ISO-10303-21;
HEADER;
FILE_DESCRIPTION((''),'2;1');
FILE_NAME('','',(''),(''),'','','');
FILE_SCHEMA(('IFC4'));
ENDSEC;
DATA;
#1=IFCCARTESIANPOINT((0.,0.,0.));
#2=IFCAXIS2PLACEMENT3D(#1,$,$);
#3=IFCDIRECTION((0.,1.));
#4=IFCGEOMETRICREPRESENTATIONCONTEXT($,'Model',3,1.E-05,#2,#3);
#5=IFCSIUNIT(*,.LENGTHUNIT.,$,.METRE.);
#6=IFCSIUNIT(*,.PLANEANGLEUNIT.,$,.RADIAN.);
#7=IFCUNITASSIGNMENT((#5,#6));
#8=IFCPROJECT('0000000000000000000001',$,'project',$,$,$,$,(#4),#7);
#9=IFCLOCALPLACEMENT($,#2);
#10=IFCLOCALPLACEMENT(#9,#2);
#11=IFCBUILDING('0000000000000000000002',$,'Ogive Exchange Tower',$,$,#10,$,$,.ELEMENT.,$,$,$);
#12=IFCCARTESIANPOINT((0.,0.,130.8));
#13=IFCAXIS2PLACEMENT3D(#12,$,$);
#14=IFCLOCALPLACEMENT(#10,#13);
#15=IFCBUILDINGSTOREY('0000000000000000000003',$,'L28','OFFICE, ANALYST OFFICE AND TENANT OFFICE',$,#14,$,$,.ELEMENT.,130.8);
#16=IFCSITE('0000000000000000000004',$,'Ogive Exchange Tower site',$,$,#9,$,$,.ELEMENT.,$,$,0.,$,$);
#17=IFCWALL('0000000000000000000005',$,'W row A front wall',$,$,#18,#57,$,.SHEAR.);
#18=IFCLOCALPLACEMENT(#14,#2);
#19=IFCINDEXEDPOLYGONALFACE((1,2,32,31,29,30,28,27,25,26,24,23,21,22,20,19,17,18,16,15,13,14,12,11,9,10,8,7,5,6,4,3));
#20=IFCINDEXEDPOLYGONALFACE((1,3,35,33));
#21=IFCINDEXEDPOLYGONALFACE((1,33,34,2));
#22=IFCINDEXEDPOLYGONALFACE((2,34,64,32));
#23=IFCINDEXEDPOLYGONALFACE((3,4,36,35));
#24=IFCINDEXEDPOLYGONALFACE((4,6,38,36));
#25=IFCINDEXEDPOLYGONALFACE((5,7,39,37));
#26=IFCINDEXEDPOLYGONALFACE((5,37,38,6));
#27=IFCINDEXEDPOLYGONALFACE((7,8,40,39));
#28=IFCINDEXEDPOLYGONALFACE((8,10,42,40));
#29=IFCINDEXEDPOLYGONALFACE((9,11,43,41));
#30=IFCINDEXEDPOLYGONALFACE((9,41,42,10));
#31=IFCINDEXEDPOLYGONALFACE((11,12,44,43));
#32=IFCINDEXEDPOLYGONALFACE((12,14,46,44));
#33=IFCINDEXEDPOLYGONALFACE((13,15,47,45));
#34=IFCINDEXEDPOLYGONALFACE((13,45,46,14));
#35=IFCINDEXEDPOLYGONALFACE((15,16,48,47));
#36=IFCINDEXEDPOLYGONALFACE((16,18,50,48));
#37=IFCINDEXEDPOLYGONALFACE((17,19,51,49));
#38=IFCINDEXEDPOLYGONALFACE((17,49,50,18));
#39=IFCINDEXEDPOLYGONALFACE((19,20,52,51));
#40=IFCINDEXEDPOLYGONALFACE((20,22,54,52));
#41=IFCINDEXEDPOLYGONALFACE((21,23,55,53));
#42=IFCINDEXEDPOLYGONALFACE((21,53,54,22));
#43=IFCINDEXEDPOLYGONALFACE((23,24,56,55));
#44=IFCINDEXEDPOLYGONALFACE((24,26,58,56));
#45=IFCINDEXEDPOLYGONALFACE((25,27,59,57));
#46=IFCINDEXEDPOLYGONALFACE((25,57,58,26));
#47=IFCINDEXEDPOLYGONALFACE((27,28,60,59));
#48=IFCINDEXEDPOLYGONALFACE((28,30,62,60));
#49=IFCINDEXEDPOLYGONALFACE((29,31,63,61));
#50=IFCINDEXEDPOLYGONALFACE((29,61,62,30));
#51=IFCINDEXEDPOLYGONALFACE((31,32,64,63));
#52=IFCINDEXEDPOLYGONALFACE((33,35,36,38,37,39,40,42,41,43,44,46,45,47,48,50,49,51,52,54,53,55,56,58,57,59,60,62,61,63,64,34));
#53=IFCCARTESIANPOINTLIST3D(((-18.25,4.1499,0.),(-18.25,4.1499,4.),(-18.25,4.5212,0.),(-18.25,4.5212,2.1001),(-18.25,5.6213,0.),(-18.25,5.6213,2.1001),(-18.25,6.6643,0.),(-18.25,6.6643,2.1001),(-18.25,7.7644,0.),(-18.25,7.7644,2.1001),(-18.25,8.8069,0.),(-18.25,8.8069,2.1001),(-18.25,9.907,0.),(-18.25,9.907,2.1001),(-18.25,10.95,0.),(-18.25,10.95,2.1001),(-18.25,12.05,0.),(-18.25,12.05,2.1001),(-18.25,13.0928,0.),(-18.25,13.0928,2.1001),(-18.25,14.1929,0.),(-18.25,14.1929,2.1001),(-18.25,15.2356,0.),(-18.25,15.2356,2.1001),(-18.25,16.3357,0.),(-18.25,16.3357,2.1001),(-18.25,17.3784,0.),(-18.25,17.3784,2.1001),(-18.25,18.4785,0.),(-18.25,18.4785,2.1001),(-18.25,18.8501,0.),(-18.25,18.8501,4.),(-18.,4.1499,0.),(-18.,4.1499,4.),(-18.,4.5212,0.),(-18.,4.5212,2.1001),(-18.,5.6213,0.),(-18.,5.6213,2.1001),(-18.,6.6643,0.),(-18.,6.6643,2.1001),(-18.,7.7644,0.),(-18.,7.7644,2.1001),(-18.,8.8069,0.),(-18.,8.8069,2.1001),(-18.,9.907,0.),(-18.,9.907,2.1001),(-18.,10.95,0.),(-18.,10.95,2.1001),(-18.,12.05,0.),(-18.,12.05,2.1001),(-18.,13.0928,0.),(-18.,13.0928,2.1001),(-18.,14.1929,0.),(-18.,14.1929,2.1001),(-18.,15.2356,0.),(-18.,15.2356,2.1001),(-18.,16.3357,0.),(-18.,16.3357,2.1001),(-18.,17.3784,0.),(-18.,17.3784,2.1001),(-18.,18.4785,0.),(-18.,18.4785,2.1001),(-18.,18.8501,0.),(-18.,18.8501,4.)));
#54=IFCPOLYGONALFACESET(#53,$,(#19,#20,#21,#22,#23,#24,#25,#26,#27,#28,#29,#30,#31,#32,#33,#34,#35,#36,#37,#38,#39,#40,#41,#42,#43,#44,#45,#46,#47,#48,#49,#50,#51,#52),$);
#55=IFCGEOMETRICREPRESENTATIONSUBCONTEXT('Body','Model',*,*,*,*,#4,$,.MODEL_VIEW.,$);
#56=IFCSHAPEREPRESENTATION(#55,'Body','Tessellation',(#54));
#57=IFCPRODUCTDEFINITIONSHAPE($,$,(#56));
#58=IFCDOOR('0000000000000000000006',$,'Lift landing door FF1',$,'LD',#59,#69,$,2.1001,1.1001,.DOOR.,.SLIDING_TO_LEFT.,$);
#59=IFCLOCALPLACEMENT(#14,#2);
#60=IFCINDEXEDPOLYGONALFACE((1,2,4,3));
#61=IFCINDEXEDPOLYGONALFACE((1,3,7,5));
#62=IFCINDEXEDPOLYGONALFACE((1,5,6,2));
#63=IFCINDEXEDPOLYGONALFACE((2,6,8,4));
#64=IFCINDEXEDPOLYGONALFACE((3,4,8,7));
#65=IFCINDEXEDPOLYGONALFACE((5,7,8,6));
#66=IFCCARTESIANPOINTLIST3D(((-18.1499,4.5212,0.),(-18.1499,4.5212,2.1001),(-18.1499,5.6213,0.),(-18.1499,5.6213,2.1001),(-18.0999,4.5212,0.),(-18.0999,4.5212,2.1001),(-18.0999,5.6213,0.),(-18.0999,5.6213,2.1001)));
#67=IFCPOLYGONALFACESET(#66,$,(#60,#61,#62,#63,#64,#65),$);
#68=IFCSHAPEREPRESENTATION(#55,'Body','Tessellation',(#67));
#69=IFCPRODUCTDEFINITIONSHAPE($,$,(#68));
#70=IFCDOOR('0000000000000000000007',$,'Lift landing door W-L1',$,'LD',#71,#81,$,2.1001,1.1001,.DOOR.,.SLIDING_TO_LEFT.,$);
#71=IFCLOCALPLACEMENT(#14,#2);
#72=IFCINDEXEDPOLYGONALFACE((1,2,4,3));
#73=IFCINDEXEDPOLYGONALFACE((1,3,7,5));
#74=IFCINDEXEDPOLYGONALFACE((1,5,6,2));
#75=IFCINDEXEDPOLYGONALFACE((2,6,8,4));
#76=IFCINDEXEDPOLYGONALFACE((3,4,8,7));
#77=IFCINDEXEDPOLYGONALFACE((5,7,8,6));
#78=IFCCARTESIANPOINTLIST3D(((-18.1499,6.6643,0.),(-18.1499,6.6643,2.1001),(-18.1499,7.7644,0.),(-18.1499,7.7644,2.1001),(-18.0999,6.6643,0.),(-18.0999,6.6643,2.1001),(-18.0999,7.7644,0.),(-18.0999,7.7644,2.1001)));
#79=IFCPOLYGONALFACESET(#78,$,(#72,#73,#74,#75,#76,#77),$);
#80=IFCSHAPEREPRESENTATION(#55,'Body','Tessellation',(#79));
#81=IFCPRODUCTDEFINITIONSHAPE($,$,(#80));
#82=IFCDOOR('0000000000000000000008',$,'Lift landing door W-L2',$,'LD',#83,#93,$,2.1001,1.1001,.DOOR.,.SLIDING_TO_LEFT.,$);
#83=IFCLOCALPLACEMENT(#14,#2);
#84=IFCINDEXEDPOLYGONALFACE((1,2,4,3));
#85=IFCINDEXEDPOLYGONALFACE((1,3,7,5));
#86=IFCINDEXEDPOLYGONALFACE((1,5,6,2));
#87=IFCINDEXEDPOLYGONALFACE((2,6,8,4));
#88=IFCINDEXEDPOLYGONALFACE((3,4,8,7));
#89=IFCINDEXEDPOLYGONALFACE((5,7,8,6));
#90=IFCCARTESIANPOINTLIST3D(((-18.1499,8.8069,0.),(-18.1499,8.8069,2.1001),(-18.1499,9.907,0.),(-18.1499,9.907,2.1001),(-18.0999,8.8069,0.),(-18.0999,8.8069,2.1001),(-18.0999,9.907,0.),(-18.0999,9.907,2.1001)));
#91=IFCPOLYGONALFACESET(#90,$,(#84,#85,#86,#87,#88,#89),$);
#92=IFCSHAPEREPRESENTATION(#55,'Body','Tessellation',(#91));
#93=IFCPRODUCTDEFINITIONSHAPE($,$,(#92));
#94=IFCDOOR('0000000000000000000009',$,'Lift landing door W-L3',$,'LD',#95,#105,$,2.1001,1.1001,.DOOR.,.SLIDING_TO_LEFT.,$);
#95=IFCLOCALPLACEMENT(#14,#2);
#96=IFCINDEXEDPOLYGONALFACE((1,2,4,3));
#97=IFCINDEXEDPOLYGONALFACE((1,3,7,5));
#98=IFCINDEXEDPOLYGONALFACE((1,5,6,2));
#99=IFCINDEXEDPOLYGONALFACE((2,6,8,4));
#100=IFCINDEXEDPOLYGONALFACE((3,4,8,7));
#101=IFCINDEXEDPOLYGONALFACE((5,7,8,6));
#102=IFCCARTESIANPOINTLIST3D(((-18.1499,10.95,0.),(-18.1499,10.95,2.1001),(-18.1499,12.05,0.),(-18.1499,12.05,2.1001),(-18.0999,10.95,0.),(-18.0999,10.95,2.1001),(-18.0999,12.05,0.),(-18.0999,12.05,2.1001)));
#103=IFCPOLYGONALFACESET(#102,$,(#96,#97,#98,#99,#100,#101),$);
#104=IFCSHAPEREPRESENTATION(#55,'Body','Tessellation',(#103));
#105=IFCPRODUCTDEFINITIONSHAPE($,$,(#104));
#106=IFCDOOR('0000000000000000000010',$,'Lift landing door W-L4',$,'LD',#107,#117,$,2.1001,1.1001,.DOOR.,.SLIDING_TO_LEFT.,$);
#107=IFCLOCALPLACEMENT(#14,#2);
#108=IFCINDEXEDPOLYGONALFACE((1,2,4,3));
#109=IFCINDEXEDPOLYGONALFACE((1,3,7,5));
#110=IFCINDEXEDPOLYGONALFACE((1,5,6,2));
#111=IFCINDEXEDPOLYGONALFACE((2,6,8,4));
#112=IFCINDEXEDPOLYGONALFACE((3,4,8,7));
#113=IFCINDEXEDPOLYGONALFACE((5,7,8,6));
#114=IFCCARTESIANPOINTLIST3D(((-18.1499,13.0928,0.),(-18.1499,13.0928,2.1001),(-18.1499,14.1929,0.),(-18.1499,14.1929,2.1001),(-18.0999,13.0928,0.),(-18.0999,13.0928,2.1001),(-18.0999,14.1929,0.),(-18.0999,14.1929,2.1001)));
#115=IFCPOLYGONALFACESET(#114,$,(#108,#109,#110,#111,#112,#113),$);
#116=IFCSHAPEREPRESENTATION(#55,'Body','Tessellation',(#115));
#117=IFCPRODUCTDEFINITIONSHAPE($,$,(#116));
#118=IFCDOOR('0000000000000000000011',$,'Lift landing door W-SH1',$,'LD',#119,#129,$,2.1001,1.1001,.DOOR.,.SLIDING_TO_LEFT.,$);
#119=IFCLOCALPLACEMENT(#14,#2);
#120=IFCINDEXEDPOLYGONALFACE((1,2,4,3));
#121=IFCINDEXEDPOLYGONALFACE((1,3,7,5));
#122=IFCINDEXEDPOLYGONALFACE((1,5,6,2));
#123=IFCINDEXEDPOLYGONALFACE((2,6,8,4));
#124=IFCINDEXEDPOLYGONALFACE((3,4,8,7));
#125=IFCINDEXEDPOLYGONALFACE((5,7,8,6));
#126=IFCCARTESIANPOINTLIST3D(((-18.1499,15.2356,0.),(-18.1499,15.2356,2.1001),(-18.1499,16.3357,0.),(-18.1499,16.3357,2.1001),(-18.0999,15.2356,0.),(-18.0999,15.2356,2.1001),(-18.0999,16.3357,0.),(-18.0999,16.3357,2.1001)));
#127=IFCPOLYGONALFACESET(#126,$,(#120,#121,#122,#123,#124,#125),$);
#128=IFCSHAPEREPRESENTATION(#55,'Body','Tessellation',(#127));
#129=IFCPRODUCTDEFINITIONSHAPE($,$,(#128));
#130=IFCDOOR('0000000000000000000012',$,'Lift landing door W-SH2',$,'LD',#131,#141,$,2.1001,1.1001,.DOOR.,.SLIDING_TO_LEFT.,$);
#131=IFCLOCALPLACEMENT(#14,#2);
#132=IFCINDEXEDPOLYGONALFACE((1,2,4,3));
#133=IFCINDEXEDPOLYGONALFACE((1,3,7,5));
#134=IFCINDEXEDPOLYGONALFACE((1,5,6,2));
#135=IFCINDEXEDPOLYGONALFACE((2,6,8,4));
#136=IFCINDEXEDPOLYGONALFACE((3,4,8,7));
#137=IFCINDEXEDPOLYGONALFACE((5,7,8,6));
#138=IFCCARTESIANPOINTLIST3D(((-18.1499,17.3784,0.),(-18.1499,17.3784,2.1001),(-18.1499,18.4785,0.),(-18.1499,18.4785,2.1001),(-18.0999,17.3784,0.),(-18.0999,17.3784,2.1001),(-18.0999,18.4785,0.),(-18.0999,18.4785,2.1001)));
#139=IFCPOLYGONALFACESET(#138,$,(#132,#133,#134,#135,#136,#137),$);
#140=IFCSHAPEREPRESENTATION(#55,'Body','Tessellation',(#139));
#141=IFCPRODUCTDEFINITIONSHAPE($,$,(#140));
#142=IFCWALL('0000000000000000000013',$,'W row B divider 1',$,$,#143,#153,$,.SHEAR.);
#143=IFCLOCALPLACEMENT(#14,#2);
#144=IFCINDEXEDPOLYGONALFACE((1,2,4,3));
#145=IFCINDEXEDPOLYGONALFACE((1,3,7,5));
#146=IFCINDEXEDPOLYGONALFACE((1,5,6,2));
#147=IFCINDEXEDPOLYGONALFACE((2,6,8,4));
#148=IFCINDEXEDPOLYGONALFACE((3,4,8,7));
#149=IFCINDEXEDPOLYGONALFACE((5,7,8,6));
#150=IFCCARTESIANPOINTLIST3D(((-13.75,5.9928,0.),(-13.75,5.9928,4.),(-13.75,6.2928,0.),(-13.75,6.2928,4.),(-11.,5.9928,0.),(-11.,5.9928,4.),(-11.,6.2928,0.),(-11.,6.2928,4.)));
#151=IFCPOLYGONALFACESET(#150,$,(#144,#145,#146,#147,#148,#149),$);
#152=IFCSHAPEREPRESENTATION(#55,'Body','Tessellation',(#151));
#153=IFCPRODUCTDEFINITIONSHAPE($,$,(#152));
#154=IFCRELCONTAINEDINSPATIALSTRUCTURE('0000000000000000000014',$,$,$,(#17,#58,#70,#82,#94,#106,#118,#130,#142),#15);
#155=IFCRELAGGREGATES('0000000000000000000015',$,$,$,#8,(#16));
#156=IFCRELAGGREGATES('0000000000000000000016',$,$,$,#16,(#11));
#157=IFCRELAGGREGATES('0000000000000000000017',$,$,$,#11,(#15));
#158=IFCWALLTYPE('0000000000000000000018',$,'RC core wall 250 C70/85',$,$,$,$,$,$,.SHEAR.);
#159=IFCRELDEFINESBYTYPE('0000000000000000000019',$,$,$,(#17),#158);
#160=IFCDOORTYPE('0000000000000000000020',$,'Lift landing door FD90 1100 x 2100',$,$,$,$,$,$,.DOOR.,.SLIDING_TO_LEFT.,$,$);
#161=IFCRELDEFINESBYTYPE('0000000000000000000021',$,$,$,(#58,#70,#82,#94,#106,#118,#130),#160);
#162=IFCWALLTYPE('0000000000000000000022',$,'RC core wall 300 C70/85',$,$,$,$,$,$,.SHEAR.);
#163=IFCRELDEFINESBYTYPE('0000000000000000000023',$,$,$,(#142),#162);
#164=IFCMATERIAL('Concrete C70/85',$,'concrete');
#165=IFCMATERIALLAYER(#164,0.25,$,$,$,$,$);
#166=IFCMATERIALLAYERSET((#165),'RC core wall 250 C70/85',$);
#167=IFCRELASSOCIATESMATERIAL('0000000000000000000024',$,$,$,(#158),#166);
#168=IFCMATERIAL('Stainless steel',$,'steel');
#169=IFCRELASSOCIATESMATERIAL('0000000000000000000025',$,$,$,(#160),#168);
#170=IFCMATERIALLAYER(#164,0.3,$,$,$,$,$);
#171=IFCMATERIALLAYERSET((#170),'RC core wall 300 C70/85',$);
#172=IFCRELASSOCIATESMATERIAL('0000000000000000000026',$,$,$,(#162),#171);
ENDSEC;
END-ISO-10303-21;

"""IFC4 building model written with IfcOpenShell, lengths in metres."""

from ifc_helpers import new_model, si_unit, direction, frame, frame_2d, origin, place, context, subcontext, project, spatial, rectangle, extrude, material, layer, layer_set, type_object, element, fill, save


model = new_model("IFC4")

# Units and contexts
model_context = context("Model", 3, precision=1e-05, world=origin(), true_north=direction((0.0, 1.0)))
body_context = subcontext(model_context, "Body", "Model", "MODEL_VIEW")
ifc_project = project(units=[si_unit("LENGTHUNIT", "METRE"), si_unit("PLANEANGLEUNIT", "RADIAN")], contexts=[model_context])

# Site, building, storey
site_placement = place(None, origin())
site = spatial("IfcSite", under=ifc_project, at=site_placement, Name="Ogive Exchange Tower site", CompositionType="ELEMENT", RefElevation=0.0)
building_placement = place(site_placement, origin())
building = spatial("IfcBuilding", under=site, at=building_placement, Name="Ogive Exchange Tower", CompositionType="ELEMENT")
storey_placement = place(building_placement, frame((0.0, 0.0, 130.8)))
storey = spatial("IfcBuildingStorey", under=building, at=storey_placement, Name="L28", Description="OFFICE, ANALYST OFFICE AND TENANT OFFICE", CompositionType="ELEMENT", Elevation=130.8)

# Shared definitions
ifc_material_1 = material(Name="Concrete C70/85", Category="concrete")
ifc_layer_1 = layer(ifc_material_1, 0.25)
ifc_layer_set_1 = layer_set([ifc_layer_1], Name="RC core wall 250 C70/85")
wall_type_1 = type_object("IfcWallType", Name="RC core wall 250 C70/85", PredefinedType="SHEAR", material=ifc_layer_set_1)

# Wall, openings, doors
wall_1_placement = place(storey_placement, frame((-18.125, 4.1499, 0.0), z_axis=(0.0, 0.0, 1.0), x_axis=(0.0, 1.0, 0.0)))
wall_1 = element("IfcWall", 1, at=wall_1_placement, inside=storey, type_object=wall_type_1, Name="W row A front wall", PredefinedType="SHEAR", context=body_context, shape_type="SweptSolid", body=[
    extrude(rectangle(XDim=14.7002, YDim=0.25, at=frame_2d((7.3501, 0.0))), origin(), (0.0, 0.0, 1.0), 4.0),
])
opening_1_placement = place(wall_1_placement, frame((0.3713, 0.0, 0.0)))
opening_1 = element("IfcOpeningElement", 2, at=opening_1_placement, cuts=wall_1, PredefinedType="OPENING", context=body_context, shape_type="SweptSolid", body=[
    extrude(rectangle(XDim=1.1001, YDim=2.1001, at=frame_2d((0.55, 1.05))), frame((0.0, 0.135, 0.0), z_axis=(0.0, -1.0, 0.0), x_axis=(1.0, 0.0, 0.0)), (0.0, 0.0, 1.0), 0.27),
])
opening_2_placement = place(wall_1_placement, frame((2.5144, 0.0, 0.0)))
opening_2 = element("IfcOpeningElement", 3, at=opening_2_placement, cuts=wall_1, PredefinedType="OPENING", context=body_context, shape_type="SweptSolid", body=[
    extrude(rectangle(XDim=1.1001, YDim=2.1001, at=frame_2d((0.55, 1.05))), frame((0.0, 0.135, 0.0), z_axis=(0.0, -1.0, 0.0), x_axis=(1.0, 0.0, 0.0)), (0.0, 0.0, 1.0), 0.27),
])
opening_3_placement = place(wall_1_placement, frame((4.657, 0.0, 0.0)))
opening_3 = element("IfcOpeningElement", 4, at=opening_3_placement, cuts=wall_1, PredefinedType="OPENING", context=body_context, shape_type="SweptSolid", body=[
    extrude(rectangle(XDim=1.1001, YDim=2.1001, at=frame_2d((0.55, 1.05))), frame((0.0, 0.135, 0.0), z_axis=(0.0, -1.0, 0.0), x_axis=(1.0, 0.0, 0.0)), (0.0, 0.0, 1.0), 0.27),
])
opening_4_placement = place(wall_1_placement, frame((6.8, 0.0, 0.0)))
opening_4 = element("IfcOpeningElement", 5, at=opening_4_placement, cuts=wall_1, PredefinedType="OPENING", context=body_context, shape_type="SweptSolid", body=[
    extrude(rectangle(XDim=1.1001, YDim=2.1001, at=frame_2d((0.55, 1.05))), frame((0.0, 0.135, 0.0), z_axis=(0.0, -1.0, 0.0), x_axis=(1.0, 0.0, 0.0)), (0.0, 0.0, 1.0), 0.27),
])
opening_5_placement = place(wall_1_placement, frame((8.9429, 0.0, 0.0)))
opening_5 = element("IfcOpeningElement", 6, at=opening_5_placement, cuts=wall_1, PredefinedType="OPENING", context=body_context, shape_type="SweptSolid", body=[
    extrude(rectangle(XDim=1.1001, YDim=2.1001, at=frame_2d((0.55, 1.05))), frame((0.0, 0.135, 0.0), z_axis=(0.0, -1.0, 0.0), x_axis=(1.0, 0.0, 0.0)), (0.0, 0.0, 1.0), 0.27),
])
opening_6_placement = place(wall_1_placement, frame((11.0857, 0.0, 0.0)))
opening_6 = element("IfcOpeningElement", 7, at=opening_6_placement, cuts=wall_1, PredefinedType="OPENING", context=body_context, shape_type="SweptSolid", body=[
    extrude(rectangle(XDim=1.1001, YDim=2.1001, at=frame_2d((0.55, 1.05))), frame((0.0, 0.135, 0.0), z_axis=(0.0, -1.0, 0.0), x_axis=(1.0, 0.0, 0.0)), (0.0, 0.0, 1.0), 0.27),
])
opening_7_placement = place(wall_1_placement, frame((13.2285, 0.0, 0.0)))
opening_7 = element("IfcOpeningElement", 8, at=opening_7_placement, cuts=wall_1, PredefinedType="OPENING", context=body_context, shape_type="SweptSolid", body=[
    extrude(rectangle(XDim=1.1001, YDim=2.1001, at=frame_2d((0.55, 1.05))), frame((0.0, 0.135, 0.0), z_axis=(0.0, -1.0, 0.0), x_axis=(1.0, 0.0, 0.0)), (0.0, 0.0, 1.0), 0.27),
])
ifc_material_2 = material(Name="Stainless steel", Category="steel")
door_type_1 = type_object("IfcDoorType", Name="Lift landing door FD90 1100 x 2100", OperationType="SLIDING_TO_LEFT", PredefinedType="DOOR", material=ifc_material_2)
door_1_placement = place(opening_1_placement, origin())
door_1 = element("IfcDoor", 9, at=door_1_placement, inside=storey, type_object=door_type_1, Name="Lift landing door FF1", ObjectType="LD", OperationType="SLIDING_TO_LEFT", OverallHeight=2.1001, OverallWidth=1.1001, PredefinedType="DOOR", context=body_context, shape_type="SweptSolid", body=[
    extrude(rectangle(XDim=1.1001, YDim=2.1001, at=frame_2d((0.55, 1.05))), frame((0.0, 0.0249, 0.0), z_axis=(0.0, -1.0, 0.0), x_axis=(1.0, 0.0, 0.0)), (0.0, 0.0, 1.0), 0.05),
])
fill(opening_1, door_1)
door_2_placement = place(opening_2_placement, origin())
door_2 = element("IfcDoor", 10, at=door_2_placement, inside=storey, type_object=door_type_1, Name="Lift landing door W-L1", ObjectType="LD", OperationType="SLIDING_TO_LEFT", OverallHeight=2.1001, OverallWidth=1.1001, PredefinedType="DOOR", context=body_context, shape_type="SweptSolid", body=[
    extrude(rectangle(XDim=1.1001, YDim=2.1001, at=frame_2d((0.55, 1.05))), frame((0.0, 0.0249, 0.0), z_axis=(0.0, -1.0, 0.0), x_axis=(1.0, 0.0, 0.0)), (0.0, 0.0, 1.0), 0.05),
])
fill(opening_2, door_2)
door_3_placement = place(opening_3_placement, origin())
door_3 = element("IfcDoor", 11, at=door_3_placement, inside=storey, type_object=door_type_1, Name="Lift landing door W-L2", ObjectType="LD", OperationType="SLIDING_TO_LEFT", OverallHeight=2.1001, OverallWidth=1.1001, PredefinedType="DOOR", context=body_context, shape_type="SweptSolid", body=[
    extrude(rectangle(XDim=1.1001, YDim=2.1001, at=frame_2d((0.55, 1.05))), frame((0.0, 0.0249, 0.0), z_axis=(0.0, -1.0, 0.0), x_axis=(1.0, 0.0, 0.0)), (0.0, 0.0, 1.0), 0.05),
])
fill(opening_3, door_3)
door_4_placement = place(opening_4_placement, origin())
door_4 = element("IfcDoor", 12, at=door_4_placement, inside=storey, type_object=door_type_1, Name="Lift landing door W-L3", ObjectType="LD", OperationType="SLIDING_TO_LEFT", OverallHeight=2.1001, OverallWidth=1.1001, PredefinedType="DOOR", context=body_context, shape_type="SweptSolid", body=[
    extrude(rectangle(XDim=1.1001, YDim=2.1001, at=frame_2d((0.55, 1.05))), frame((0.0, 0.0249, 0.0), z_axis=(0.0, -1.0, 0.0), x_axis=(1.0, 0.0, 0.0)), (0.0, 0.0, 1.0), 0.05),
])
fill(opening_4, door_4)
door_5_placement = place(opening_5_placement, origin())
door_5 = element("IfcDoor", 13, at=door_5_placement, inside=storey, type_object=door_type_1, Name="Lift landing door W-L4", ObjectType="LD", OperationType="SLIDING_TO_LEFT", OverallHeight=2.1001, OverallWidth=1.1001, PredefinedType="DOOR", context=body_context, shape_type="SweptSolid", body=[
    extrude(rectangle(XDim=1.1001, YDim=2.1001, at=frame_2d((0.55, 1.05))), frame((0.0, 0.0249, 0.0), z_axis=(0.0, -1.0, 0.0), x_axis=(1.0, 0.0, 0.0)), (0.0, 0.0, 1.0), 0.05),
])
fill(opening_5, door_5)
door_6_placement = place(opening_6_placement, origin())
door_6 = element("IfcDoor", 14, at=door_6_placement, inside=storey, type_object=door_type_1, Name="Lift landing door W-SH1", ObjectType="LD", OperationType="SLIDING_TO_LEFT", OverallHeight=2.1001, OverallWidth=1.1001, PredefinedType="DOOR", context=body_context, shape_type="SweptSolid", body=[
    extrude(rectangle(XDim=1.1001, YDim=2.1001, at=frame_2d((0.55, 1.05))), frame((0.0, 0.0249, 0.0), z_axis=(0.0, -1.0, 0.0), x_axis=(1.0, 0.0, 0.0)), (0.0, 0.0, 1.0), 0.05),
])
fill(opening_6, door_6)
door_7_placement = place(opening_7_placement, origin())
door_7 = element("IfcDoor", 15, at=door_7_placement, inside=storey, type_object=door_type_1, Name="Lift landing door W-SH2", ObjectType="LD", OperationType="SLIDING_TO_LEFT", OverallHeight=2.1001, OverallWidth=1.1001, PredefinedType="DOOR", context=body_context, shape_type="SweptSolid", body=[
    extrude(rectangle(XDim=1.1001, YDim=2.1001, at=frame_2d((0.55, 1.05))), frame((0.0, 0.0249, 0.0), z_axis=(0.0, -1.0, 0.0), x_axis=(1.0, 0.0, 0.0)), (0.0, 0.0, 1.0), 0.05),
])
fill(opening_7, door_7)

# Wall
ifc_layer_2 = layer(ifc_material_1, 0.3)
ifc_layer_set_2 = layer_set([ifc_layer_2], Name="RC core wall 300 C70/85")
wall_type_2 = type_object("IfcWallType", Name="RC core wall 300 C70/85", PredefinedType="SHEAR", material=ifc_layer_set_2)
wall_2_placement = place(storey_placement, frame((-13.75, 6.1428, 0.0), z_axis=(0.0, 0.0, 1.0), x_axis=(1.0, 0.0, 0.0)))
element("IfcWall", 16, at=wall_2_placement, inside=storey, type_object=wall_type_2, Name="W row B divider 1", PredefinedType="SHEAR", context=body_context, shape_type="SweptSolid", body=[
    extrude(rectangle(XDim=2.75, YDim=0.3, at=frame_2d((1.375, 0.0))), origin(), (0.0, 0.0, 1.0), 4.0),
])

save(model, "model.ifc")
